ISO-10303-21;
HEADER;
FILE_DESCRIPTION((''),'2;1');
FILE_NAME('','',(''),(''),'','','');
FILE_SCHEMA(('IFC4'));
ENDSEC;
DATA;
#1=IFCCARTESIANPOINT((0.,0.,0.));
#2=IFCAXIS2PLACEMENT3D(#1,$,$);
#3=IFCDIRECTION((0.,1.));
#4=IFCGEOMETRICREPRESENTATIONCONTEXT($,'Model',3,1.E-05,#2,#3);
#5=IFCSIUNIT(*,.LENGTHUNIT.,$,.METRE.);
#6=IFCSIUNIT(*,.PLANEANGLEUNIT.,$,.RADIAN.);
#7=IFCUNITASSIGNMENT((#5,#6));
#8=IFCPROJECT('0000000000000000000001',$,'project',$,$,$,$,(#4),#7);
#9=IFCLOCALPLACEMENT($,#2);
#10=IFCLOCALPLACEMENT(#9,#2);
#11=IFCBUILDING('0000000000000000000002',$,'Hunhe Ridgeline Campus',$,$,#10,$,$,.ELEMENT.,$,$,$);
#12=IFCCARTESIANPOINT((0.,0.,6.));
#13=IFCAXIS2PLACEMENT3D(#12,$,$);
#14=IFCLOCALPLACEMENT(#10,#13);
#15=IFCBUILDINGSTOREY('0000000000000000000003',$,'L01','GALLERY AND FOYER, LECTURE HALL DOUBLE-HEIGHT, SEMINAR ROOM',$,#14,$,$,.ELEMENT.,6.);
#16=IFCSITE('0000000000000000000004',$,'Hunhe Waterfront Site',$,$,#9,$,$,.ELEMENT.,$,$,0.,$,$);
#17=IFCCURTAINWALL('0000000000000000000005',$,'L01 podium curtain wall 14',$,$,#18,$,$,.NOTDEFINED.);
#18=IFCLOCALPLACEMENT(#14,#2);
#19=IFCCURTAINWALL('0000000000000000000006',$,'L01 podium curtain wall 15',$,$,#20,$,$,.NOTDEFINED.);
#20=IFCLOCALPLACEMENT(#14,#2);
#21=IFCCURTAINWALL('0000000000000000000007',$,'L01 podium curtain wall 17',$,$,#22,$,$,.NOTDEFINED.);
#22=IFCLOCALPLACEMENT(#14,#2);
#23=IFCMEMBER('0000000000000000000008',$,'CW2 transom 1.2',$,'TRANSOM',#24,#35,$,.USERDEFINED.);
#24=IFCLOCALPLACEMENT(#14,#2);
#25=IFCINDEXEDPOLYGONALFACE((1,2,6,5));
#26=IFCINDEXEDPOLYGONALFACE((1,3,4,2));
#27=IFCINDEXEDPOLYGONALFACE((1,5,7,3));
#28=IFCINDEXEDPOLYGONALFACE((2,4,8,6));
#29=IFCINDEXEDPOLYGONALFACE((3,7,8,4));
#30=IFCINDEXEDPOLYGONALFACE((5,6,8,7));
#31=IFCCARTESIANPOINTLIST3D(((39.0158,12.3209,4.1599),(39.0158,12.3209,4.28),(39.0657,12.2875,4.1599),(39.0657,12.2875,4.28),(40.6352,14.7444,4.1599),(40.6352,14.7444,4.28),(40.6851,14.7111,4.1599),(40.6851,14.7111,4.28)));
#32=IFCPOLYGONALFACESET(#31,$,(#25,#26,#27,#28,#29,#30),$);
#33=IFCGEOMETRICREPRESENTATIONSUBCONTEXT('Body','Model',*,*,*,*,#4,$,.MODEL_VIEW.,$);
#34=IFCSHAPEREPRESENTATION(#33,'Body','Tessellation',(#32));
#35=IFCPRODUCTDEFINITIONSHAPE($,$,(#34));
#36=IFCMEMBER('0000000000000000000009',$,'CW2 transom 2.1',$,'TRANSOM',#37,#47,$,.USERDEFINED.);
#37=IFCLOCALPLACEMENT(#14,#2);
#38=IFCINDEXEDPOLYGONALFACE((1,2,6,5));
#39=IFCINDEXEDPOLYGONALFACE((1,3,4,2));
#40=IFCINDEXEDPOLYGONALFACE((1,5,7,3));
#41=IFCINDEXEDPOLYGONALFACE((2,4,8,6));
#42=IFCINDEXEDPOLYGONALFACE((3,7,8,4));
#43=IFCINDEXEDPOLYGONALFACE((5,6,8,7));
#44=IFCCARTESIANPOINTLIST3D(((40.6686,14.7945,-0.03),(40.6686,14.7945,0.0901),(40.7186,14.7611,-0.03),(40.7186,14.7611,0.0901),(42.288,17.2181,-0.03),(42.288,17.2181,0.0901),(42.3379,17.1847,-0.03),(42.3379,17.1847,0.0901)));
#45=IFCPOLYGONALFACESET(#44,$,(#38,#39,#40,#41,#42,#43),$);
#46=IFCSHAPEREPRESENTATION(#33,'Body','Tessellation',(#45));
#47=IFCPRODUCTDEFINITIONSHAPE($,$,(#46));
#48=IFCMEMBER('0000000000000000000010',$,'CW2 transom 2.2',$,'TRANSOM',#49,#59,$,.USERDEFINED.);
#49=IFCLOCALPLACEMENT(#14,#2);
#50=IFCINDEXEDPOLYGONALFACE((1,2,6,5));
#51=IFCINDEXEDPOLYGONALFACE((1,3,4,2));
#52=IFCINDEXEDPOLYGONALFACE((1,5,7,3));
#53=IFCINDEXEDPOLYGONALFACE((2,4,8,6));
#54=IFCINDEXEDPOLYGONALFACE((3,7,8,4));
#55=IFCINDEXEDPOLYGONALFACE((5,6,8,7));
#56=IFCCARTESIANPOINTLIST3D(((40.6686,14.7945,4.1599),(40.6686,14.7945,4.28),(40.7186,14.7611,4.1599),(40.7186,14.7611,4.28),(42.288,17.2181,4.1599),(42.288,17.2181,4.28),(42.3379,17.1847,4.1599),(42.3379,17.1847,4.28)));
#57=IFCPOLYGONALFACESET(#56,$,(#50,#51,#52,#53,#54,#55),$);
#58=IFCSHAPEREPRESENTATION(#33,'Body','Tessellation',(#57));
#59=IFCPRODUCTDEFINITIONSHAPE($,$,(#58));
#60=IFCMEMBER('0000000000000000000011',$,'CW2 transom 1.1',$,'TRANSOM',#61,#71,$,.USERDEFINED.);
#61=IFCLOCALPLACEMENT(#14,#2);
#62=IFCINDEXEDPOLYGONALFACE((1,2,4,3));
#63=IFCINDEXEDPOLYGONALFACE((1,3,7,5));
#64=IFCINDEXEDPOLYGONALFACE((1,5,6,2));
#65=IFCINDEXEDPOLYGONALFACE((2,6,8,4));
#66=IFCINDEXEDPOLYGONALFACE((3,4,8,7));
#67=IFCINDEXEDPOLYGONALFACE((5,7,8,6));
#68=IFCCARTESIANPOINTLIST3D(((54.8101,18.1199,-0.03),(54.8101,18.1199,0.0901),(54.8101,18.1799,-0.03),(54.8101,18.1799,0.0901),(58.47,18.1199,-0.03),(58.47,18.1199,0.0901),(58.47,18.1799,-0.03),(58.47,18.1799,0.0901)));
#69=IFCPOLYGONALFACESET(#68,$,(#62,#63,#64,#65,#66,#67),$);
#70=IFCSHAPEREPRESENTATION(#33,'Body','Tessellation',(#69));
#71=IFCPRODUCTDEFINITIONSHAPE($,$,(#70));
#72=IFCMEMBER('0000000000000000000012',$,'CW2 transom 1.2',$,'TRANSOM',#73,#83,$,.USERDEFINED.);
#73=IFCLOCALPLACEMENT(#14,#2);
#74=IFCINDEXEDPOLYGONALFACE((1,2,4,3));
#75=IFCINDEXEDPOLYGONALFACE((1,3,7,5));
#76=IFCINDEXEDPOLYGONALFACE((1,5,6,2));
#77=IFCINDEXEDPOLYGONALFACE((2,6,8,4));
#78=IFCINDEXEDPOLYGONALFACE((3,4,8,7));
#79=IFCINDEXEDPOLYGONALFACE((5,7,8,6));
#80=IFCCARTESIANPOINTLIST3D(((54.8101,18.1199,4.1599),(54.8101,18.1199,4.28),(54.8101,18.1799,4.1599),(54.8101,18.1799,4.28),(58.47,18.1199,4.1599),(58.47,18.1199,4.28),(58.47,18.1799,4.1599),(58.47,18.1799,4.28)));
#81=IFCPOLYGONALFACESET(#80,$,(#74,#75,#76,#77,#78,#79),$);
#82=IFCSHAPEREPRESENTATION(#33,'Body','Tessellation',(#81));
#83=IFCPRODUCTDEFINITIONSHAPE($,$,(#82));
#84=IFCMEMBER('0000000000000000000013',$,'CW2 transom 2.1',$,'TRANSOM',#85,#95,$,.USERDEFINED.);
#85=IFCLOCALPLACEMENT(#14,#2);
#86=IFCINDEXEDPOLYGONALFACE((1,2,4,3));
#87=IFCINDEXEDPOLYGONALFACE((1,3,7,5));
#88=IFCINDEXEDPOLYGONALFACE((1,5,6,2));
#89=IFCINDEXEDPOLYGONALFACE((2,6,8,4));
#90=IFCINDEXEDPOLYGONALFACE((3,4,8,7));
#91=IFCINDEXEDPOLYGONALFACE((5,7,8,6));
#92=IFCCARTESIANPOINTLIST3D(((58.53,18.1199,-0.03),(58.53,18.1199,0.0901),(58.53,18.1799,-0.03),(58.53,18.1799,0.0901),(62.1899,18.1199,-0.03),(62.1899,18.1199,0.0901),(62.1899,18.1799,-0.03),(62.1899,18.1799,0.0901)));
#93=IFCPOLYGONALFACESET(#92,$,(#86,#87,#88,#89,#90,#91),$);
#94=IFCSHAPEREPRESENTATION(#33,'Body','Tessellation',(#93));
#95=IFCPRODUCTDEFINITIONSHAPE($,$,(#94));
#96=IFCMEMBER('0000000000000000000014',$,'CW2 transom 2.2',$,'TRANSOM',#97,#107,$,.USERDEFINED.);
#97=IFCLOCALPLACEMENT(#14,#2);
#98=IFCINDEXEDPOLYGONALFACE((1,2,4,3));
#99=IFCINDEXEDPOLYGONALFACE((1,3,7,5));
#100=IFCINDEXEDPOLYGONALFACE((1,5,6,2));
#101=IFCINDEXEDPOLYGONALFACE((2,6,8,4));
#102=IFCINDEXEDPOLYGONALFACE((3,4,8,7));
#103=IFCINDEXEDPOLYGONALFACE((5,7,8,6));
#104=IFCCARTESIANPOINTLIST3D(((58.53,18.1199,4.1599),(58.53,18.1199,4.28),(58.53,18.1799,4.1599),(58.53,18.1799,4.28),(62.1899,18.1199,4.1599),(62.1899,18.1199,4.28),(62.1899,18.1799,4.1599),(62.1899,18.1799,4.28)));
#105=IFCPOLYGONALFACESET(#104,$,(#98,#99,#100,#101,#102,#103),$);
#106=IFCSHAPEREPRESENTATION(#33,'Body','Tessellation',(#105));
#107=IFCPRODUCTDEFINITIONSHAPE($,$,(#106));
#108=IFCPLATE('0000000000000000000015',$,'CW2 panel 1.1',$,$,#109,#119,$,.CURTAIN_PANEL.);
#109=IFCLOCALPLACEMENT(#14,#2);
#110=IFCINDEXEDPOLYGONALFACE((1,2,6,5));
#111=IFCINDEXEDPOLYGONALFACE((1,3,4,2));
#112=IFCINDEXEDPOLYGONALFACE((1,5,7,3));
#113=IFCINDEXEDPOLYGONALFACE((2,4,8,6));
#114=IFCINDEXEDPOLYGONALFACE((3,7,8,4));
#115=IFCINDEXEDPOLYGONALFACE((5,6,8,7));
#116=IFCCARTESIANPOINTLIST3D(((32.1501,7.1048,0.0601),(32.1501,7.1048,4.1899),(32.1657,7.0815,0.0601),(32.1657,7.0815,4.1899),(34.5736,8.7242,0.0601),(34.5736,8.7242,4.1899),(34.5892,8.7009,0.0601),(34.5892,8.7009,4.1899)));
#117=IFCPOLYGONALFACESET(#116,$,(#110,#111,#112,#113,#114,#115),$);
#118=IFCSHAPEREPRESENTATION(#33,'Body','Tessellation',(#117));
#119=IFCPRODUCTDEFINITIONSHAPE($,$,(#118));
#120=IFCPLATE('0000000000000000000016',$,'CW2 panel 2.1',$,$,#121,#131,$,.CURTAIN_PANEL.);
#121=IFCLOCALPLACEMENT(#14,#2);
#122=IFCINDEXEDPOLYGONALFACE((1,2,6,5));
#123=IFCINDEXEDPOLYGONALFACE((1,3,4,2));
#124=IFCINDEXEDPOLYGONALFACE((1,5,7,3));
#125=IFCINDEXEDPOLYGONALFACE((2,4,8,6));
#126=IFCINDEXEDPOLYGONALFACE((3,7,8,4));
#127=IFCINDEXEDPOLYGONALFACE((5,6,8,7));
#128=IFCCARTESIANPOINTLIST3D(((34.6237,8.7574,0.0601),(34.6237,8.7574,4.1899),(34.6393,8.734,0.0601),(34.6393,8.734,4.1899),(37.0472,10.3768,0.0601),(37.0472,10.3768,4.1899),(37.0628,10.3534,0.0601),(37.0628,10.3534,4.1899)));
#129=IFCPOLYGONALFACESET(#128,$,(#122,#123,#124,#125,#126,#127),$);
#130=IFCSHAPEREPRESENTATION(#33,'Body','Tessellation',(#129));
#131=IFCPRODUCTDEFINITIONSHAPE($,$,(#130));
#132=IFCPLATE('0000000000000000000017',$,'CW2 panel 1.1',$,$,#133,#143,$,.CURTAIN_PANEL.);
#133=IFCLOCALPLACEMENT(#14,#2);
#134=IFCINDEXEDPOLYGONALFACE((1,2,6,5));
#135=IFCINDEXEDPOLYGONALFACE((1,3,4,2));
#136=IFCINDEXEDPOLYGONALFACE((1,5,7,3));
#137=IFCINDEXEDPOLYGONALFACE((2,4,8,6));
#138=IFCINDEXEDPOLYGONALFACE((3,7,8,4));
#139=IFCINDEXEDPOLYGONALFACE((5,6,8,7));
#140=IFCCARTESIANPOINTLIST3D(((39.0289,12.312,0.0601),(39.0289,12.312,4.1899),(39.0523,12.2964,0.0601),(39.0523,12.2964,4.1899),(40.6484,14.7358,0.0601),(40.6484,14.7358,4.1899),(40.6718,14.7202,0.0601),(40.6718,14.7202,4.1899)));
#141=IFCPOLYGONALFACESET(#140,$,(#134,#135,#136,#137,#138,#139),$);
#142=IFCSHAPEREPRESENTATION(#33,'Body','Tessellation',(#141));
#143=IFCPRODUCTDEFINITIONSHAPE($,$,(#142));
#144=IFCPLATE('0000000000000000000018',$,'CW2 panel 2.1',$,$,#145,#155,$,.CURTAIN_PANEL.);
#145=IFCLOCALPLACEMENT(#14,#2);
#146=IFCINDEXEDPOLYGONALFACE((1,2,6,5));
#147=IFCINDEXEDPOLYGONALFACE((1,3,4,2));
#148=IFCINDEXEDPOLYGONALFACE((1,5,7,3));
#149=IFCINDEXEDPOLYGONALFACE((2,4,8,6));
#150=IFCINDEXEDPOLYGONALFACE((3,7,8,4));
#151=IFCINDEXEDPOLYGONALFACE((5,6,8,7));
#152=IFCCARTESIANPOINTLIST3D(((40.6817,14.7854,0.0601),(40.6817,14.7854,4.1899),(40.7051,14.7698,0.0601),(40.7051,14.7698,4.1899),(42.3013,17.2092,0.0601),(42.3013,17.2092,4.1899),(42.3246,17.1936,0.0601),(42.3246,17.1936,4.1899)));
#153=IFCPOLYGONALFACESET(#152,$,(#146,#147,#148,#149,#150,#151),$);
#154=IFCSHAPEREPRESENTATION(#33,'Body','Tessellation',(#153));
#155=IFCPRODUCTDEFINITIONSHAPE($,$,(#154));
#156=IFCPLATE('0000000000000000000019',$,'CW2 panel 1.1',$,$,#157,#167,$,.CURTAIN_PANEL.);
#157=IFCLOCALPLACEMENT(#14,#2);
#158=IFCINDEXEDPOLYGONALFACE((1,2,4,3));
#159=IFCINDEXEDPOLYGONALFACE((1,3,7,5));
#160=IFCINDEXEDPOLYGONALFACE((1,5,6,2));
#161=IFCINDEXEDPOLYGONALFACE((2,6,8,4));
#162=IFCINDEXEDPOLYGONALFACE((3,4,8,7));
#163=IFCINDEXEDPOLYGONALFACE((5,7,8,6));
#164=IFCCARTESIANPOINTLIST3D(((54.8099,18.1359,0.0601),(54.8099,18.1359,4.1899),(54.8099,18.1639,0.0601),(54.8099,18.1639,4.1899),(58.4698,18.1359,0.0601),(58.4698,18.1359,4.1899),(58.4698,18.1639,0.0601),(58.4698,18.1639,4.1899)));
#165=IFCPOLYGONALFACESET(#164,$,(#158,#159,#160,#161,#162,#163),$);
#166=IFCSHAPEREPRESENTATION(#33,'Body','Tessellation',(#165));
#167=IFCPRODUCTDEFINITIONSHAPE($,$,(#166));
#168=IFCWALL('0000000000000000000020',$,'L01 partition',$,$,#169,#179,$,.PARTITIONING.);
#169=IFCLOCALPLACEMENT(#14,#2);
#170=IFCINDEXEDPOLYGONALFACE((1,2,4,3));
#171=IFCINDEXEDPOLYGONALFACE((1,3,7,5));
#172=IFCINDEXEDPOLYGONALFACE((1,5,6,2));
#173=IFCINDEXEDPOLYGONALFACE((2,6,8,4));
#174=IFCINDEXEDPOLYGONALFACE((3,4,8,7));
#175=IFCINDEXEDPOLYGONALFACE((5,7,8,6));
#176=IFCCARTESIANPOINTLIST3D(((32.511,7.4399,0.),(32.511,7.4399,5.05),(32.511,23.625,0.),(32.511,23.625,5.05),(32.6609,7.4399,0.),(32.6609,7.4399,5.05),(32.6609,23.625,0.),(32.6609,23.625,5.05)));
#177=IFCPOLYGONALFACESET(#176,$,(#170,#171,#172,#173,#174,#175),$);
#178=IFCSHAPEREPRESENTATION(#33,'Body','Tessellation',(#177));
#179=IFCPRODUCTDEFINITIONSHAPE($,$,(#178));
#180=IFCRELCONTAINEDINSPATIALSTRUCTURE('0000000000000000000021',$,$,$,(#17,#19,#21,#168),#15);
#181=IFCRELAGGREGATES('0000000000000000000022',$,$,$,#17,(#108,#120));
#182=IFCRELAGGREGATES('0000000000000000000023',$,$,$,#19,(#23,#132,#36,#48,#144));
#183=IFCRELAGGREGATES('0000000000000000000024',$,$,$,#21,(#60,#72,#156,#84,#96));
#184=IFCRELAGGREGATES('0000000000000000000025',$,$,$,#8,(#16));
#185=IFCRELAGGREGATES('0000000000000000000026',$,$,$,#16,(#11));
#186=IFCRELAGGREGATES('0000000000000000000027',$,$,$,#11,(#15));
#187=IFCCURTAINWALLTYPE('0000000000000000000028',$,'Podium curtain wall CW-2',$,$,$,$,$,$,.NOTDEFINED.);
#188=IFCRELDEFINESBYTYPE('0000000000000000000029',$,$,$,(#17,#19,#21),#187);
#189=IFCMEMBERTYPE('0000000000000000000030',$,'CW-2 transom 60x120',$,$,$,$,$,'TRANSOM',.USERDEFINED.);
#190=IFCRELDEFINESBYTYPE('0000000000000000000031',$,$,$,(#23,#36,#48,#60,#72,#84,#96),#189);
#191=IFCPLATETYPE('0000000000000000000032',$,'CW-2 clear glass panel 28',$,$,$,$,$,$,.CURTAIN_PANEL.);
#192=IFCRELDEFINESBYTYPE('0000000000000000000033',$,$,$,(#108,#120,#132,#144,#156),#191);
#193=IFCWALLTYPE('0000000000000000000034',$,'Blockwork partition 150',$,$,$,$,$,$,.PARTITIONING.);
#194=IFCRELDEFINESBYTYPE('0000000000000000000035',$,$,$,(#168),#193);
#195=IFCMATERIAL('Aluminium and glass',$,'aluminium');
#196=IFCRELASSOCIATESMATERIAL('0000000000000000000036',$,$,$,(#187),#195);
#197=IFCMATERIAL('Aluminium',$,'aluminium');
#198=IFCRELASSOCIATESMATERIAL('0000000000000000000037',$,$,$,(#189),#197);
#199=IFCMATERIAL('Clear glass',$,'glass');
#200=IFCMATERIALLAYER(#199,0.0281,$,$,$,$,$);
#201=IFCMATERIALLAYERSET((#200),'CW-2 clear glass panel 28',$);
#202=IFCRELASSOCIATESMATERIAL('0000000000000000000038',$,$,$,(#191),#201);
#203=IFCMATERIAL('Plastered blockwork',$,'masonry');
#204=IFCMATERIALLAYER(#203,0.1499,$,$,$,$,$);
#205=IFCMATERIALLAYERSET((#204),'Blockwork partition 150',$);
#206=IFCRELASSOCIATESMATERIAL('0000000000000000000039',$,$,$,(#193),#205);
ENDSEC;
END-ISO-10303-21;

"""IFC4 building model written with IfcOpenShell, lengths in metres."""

from ifc_helpers import new_model, si_unit, direction, frame, frame_2d, origin, origin_2d, place, context, subcontext, project, spatial, rectangle, extrude, material, layer, layer_set, material_profile, profile_set, type_object, element, aggregate, save


model = new_model("IFC4")

# Units and contexts
model_context = context("Model", 3, precision=1e-05, world=origin(), true_north=direction((0.0, 1.0)))
body_context = subcontext(model_context, "Body", "Model", "MODEL_VIEW")
ifc_project = project(units=[si_unit("LENGTHUNIT", "METRE"), si_unit("PLANEANGLEUNIT", "RADIAN")], contexts=[model_context])

# Site, building, storey
site_placement = place(None, origin())
site = spatial("IfcSite", under=ifc_project, at=site_placement, Name="Hunhe Waterfront Site", CompositionType="ELEMENT", RefElevation=0.0)
building_placement = place(site_placement, origin())
building = spatial("IfcBuilding", under=site, at=building_placement, Name="Hunhe Ridgeline Campus", CompositionType="ELEMENT")
storey_placement = place(building_placement, frame((0.0, 0.0, 6.0)))
storey = spatial("IfcBuildingStorey", under=building, at=storey_placement, Name="L01", Description="GALLERY AND FOYER, LECTURE HALL DOUBLE-HEIGHT, SEMINAR ROOM", CompositionType="ELEMENT", Elevation=6.0)

# Curtain walls
ifc_material_1 = material(Name="Aluminium and glass", Category="aluminium")
curtain_wall_type = type_object("IfcCurtainWallType", Name="Podium curtain wall CW-2", PredefinedType="NOTDEFINED", material=ifc_material_1)
curtain_wall_1_placement = place(storey_placement, origin())
curtain_wall_1 = element("IfcCurtainWall", 1, at=curtain_wall_1_placement, inside=storey, type_object=curtain_wall_type, Name="L01 podium curtain wall 14", PredefinedType="NOTDEFINED")
ifc_material_2 = material(Name="Aluminium", Category="aluminium")
curtain_wall_2_placement = place(storey_placement, origin())
curtain_wall_2 = element("IfcCurtainWall", 2, at=curtain_wall_2_placement, inside=storey, type_object=curtain_wall_type, Name="L01 podium curtain wall 15", PredefinedType="NOTDEFINED")
curtain_wall_3_placement = place(storey_placement, origin())
curtain_wall_3 = element("IfcCurtainWall", 3, at=curtain_wall_3_placement, inside=storey, type_object=curtain_wall_type, Name="L01 podium curtain wall 17", PredefinedType="NOTDEFINED")

# Members
ifc_material_profile_1 = material_profile(ifc_material_2, rectangle(XDim=0.0601, YDim=0.1201, at=origin_2d()))
ifc_profile_set_1 = profile_set([ifc_material_profile_1], Name="Aluminium")
member_type_1 = type_object("IfcMemberType", Name="CW-2 transom 60x120", ElementType="TRANSOM", PredefinedType="USERDEFINED", material=ifc_profile_set_1)
member_1_placement = place(storey_placement, frame((39.0408, 12.3042, 4.22), z_axis=(0.55557, 0.83147, 0.0), x_axis=(-0.83147, 0.55557, 0.0)))
member_1 = element("IfcMember", 4, at=member_1_placement, type_object=member_type_1, Name="CW2 transom 1.2", ObjectType="TRANSOM", PredefinedType="USERDEFINED", context=body_context, shape_type="SweptSolid", body=[
    extrude(rectangle(XDim=0.0601, YDim=0.1201, at=origin_2d()), origin(), (0.0, 0.0, 1.0), 2.9148),
])
member_2_placement = place(storey_placement, frame((40.6936, 14.7778, 0.03), z_axis=(0.55557, 0.83147, 0.0), x_axis=(-0.83147, 0.55557, 0.0)))
member_2 = element("IfcMember", 5, at=member_2_placement, type_object=member_type_1, Name="CW2 transom 2.1", ObjectType="TRANSOM", PredefinedType="USERDEFINED", context=body_context, shape_type="SweptSolid", body=[
    extrude(rectangle(XDim=0.0601, YDim=0.1201, at=origin_2d()), origin(), (0.0, 0.0, 1.0), 2.9148),
])
member_3_placement = place(storey_placement, frame((40.6936, 14.7778, 4.22), z_axis=(0.55557, 0.83147, 0.0), x_axis=(-0.83147, 0.55557, 0.0)))
member_3 = element("IfcMember", 6, at=member_3_placement, type_object=member_type_1, Name="CW2 transom 2.2", ObjectType="TRANSOM", PredefinedType="USERDEFINED", context=body_context, shape_type="SweptSolid", body=[
    extrude(rectangle(XDim=0.0601, YDim=0.1201, at=origin_2d()), origin(), (0.0, 0.0, 1.0), 2.9148),
])
member_4_placement = place(storey_placement, frame((54.8101, 18.1499, 0.03), z_axis=(1.0, 0.0, 0.0), x_axis=(0.0, 1.0, 0.0)))
member_4 = element("IfcMember", 7, at=member_4_placement, type_object=member_type_1, Name="CW2 transom 1.1", ObjectType="TRANSOM", PredefinedType="USERDEFINED", context=body_context, shape_type="SweptSolid", body=[
    extrude(rectangle(XDim=0.0601, YDim=0.1201, at=origin_2d()), origin(), (0.0, 0.0, 1.0), 3.6599),
])
member_5_placement = place(storey_placement, frame((54.8101, 18.1499, 4.22), z_axis=(1.0, 0.0, 0.0), x_axis=(0.0, 1.0, 0.0)))
member_5 = element("IfcMember", 8, at=member_5_placement, type_object=member_type_1, Name="CW2 transom 1.2", ObjectType="TRANSOM", PredefinedType="USERDEFINED", context=body_context, shape_type="SweptSolid", body=[
    extrude(rectangle(XDim=0.0601, YDim=0.1201, at=origin_2d()), origin(), (0.0, 0.0, 1.0), 3.6599),
])
member_6_placement = place(storey_placement, frame((58.53, 18.1499, 0.03), z_axis=(1.0, 0.0, 0.0), x_axis=(0.0, 1.0, 0.0)))
member_6 = element("IfcMember", 9, at=member_6_placement, type_object=member_type_1, Name="CW2 transom 2.1", ObjectType="TRANSOM", PredefinedType="USERDEFINED", context=body_context, shape_type="SweptSolid", body=[
    extrude(rectangle(XDim=0.0601, YDim=0.1201, at=origin_2d()), origin(), (0.0, 0.0, 1.0), 3.6599),
])
member_7_placement = place(storey_placement, frame((58.53, 18.1499, 4.22), z_axis=(1.0, 0.0, 0.0), x_axis=(0.0, 1.0, 0.0)))
member_7 = element("IfcMember", 10, at=member_7_placement, type_object=member_type_1, Name="CW2 transom 2.2", ObjectType="TRANSOM", PredefinedType="USERDEFINED", context=body_context, shape_type="SweptSolid", body=[
    extrude(rectangle(XDim=0.0601, YDim=0.1201, at=origin_2d()), origin(), (0.0, 0.0, 1.0), 3.6599),
])

# Plates
ifc_material_3 = material(Name="Clear glass", Category="glass")
ifc_layer_1 = layer(ifc_material_3, 0.0281)
ifc_layer_set_1 = layer_set([ifc_layer_1], Name="CW-2 clear glass panel 28")
plate_type = type_object("IfcPlateType", Name="CW-2 clear glass panel 28", PredefinedType="CURTAIN_PANEL", material=ifc_layer_set_1)
plate_1_placement = place(storey_placement, frame((33.3696, 7.9028, 0.0601), z_axis=(0.0, 0.0, 1.0), x_axis=(0.831464, 0.555579, 0.0)))
plate_1 = element("IfcPlate", 11, at=plate_1_placement, type_object=plate_type, Name="CW2 panel 1.1", PredefinedType="CURTAIN_PANEL", context=body_context, shape_type="SweptSolid", body=[
    extrude(rectangle(XDim=2.9148, YDim=0.0281, at=origin_2d()), origin(), (0.0, 0.0, 1.0), 4.1299),
])
plate_2_placement = place(storey_placement, frame((35.8433, 9.5554, 0.0601), z_axis=(0.0, 0.0, 1.0), x_axis=(0.831464, 0.555579, 0.0)))
plate_2 = element("IfcPlate", 12, at=plate_2_placement, type_object=plate_type, Name="CW2 panel 2.1", PredefinedType="CURTAIN_PANEL", context=body_context, shape_type="SweptSolid", body=[
    extrude(rectangle(XDim=2.9148, YDim=0.0281, at=origin_2d()), origin(), (0.0, 0.0, 1.0), 4.1299),
])
aggregate(curtain_wall_1, [plate_1, plate_2])
plate_3_placement = place(storey_placement, frame((39.8503, 13.5161, 0.0601), z_axis=(0.0, 0.0, 1.0), x_axis=(0.555572, 0.831469, 0.0)))
plate_3 = element("IfcPlate", 13, at=plate_3_placement, type_object=plate_type, Name="CW2 panel 1.1", PredefinedType="CURTAIN_PANEL", context=body_context, shape_type="SweptSolid", body=[
    extrude(rectangle(XDim=2.915, YDim=0.0281, at=origin_2d()), origin(), (0.0, 0.0, 1.0), 4.1299),
])
plate_4_placement = place(storey_placement, frame((41.5032, 15.9895, 0.0601), z_axis=(0.0, 0.0, 1.0), x_axis=(0.555572, 0.831469, 0.0)))
plate_4 = element("IfcPlate", 14, at=plate_4_placement, type_object=plate_type, Name="CW2 panel 2.1", PredefinedType="CURTAIN_PANEL", context=body_context, shape_type="SweptSolid", body=[
    extrude(rectangle(XDim=2.915, YDim=0.0281, at=origin_2d()), origin(), (0.0, 0.0, 1.0), 4.1299),
])
aggregate(curtain_wall_2, [member_1, plate_3, member_2, member_3, plate_4])
plate_5_placement = place(storey_placement, frame((56.6399, 18.1499, 0.0601), z_axis=(0.0, 0.0, 1.0), x_axis=(1.0, 0.0, 0.0)))
plate_5 = element("IfcPlate", 15, at=plate_5_placement, type_object=plate_type, Name="CW2 panel 1.1", PredefinedType="CURTAIN_PANEL", context=body_context, shape_type="SweptSolid", body=[
    extrude(rectangle(XDim=3.6599, YDim=0.0281, at=origin_2d()), origin(), (0.0, 0.0, 1.0), 4.1299),
])
aggregate(curtain_wall_3, [member_4, member_5, plate_5, member_6, member_7])

# Wall
ifc_material_4 = material(Name="Plastered blockwork", Category="masonry")
ifc_layer_2 = layer(ifc_material_4, 0.1499)
ifc_layer_set_2 = layer_set([ifc_layer_2], Name="Blockwork partition 150")
wall_type = type_object("IfcWallType", Name="Blockwork partition 150", PredefinedType="PARTITIONING", material=ifc_layer_set_2)
wall_placement = place(storey_placement, frame((32.5859, 7.4399, 0.0), z_axis=(0.0, 0.0, 1.0), x_axis=(0.0, 1.0, 0.0)))
element("IfcWall", 16, at=wall_placement, inside=storey, type_object=wall_type, Name="L01 partition", PredefinedType="PARTITIONING", context=body_context, shape_type="SweptSolid", body=[
    extrude(rectangle(XDim=16.1851, YDim=0.1499, at=frame_2d((8.0925, 0.0))), origin(), (0.0, 0.0, 1.0), 5.05),
])

save(model, "model.ifc")
